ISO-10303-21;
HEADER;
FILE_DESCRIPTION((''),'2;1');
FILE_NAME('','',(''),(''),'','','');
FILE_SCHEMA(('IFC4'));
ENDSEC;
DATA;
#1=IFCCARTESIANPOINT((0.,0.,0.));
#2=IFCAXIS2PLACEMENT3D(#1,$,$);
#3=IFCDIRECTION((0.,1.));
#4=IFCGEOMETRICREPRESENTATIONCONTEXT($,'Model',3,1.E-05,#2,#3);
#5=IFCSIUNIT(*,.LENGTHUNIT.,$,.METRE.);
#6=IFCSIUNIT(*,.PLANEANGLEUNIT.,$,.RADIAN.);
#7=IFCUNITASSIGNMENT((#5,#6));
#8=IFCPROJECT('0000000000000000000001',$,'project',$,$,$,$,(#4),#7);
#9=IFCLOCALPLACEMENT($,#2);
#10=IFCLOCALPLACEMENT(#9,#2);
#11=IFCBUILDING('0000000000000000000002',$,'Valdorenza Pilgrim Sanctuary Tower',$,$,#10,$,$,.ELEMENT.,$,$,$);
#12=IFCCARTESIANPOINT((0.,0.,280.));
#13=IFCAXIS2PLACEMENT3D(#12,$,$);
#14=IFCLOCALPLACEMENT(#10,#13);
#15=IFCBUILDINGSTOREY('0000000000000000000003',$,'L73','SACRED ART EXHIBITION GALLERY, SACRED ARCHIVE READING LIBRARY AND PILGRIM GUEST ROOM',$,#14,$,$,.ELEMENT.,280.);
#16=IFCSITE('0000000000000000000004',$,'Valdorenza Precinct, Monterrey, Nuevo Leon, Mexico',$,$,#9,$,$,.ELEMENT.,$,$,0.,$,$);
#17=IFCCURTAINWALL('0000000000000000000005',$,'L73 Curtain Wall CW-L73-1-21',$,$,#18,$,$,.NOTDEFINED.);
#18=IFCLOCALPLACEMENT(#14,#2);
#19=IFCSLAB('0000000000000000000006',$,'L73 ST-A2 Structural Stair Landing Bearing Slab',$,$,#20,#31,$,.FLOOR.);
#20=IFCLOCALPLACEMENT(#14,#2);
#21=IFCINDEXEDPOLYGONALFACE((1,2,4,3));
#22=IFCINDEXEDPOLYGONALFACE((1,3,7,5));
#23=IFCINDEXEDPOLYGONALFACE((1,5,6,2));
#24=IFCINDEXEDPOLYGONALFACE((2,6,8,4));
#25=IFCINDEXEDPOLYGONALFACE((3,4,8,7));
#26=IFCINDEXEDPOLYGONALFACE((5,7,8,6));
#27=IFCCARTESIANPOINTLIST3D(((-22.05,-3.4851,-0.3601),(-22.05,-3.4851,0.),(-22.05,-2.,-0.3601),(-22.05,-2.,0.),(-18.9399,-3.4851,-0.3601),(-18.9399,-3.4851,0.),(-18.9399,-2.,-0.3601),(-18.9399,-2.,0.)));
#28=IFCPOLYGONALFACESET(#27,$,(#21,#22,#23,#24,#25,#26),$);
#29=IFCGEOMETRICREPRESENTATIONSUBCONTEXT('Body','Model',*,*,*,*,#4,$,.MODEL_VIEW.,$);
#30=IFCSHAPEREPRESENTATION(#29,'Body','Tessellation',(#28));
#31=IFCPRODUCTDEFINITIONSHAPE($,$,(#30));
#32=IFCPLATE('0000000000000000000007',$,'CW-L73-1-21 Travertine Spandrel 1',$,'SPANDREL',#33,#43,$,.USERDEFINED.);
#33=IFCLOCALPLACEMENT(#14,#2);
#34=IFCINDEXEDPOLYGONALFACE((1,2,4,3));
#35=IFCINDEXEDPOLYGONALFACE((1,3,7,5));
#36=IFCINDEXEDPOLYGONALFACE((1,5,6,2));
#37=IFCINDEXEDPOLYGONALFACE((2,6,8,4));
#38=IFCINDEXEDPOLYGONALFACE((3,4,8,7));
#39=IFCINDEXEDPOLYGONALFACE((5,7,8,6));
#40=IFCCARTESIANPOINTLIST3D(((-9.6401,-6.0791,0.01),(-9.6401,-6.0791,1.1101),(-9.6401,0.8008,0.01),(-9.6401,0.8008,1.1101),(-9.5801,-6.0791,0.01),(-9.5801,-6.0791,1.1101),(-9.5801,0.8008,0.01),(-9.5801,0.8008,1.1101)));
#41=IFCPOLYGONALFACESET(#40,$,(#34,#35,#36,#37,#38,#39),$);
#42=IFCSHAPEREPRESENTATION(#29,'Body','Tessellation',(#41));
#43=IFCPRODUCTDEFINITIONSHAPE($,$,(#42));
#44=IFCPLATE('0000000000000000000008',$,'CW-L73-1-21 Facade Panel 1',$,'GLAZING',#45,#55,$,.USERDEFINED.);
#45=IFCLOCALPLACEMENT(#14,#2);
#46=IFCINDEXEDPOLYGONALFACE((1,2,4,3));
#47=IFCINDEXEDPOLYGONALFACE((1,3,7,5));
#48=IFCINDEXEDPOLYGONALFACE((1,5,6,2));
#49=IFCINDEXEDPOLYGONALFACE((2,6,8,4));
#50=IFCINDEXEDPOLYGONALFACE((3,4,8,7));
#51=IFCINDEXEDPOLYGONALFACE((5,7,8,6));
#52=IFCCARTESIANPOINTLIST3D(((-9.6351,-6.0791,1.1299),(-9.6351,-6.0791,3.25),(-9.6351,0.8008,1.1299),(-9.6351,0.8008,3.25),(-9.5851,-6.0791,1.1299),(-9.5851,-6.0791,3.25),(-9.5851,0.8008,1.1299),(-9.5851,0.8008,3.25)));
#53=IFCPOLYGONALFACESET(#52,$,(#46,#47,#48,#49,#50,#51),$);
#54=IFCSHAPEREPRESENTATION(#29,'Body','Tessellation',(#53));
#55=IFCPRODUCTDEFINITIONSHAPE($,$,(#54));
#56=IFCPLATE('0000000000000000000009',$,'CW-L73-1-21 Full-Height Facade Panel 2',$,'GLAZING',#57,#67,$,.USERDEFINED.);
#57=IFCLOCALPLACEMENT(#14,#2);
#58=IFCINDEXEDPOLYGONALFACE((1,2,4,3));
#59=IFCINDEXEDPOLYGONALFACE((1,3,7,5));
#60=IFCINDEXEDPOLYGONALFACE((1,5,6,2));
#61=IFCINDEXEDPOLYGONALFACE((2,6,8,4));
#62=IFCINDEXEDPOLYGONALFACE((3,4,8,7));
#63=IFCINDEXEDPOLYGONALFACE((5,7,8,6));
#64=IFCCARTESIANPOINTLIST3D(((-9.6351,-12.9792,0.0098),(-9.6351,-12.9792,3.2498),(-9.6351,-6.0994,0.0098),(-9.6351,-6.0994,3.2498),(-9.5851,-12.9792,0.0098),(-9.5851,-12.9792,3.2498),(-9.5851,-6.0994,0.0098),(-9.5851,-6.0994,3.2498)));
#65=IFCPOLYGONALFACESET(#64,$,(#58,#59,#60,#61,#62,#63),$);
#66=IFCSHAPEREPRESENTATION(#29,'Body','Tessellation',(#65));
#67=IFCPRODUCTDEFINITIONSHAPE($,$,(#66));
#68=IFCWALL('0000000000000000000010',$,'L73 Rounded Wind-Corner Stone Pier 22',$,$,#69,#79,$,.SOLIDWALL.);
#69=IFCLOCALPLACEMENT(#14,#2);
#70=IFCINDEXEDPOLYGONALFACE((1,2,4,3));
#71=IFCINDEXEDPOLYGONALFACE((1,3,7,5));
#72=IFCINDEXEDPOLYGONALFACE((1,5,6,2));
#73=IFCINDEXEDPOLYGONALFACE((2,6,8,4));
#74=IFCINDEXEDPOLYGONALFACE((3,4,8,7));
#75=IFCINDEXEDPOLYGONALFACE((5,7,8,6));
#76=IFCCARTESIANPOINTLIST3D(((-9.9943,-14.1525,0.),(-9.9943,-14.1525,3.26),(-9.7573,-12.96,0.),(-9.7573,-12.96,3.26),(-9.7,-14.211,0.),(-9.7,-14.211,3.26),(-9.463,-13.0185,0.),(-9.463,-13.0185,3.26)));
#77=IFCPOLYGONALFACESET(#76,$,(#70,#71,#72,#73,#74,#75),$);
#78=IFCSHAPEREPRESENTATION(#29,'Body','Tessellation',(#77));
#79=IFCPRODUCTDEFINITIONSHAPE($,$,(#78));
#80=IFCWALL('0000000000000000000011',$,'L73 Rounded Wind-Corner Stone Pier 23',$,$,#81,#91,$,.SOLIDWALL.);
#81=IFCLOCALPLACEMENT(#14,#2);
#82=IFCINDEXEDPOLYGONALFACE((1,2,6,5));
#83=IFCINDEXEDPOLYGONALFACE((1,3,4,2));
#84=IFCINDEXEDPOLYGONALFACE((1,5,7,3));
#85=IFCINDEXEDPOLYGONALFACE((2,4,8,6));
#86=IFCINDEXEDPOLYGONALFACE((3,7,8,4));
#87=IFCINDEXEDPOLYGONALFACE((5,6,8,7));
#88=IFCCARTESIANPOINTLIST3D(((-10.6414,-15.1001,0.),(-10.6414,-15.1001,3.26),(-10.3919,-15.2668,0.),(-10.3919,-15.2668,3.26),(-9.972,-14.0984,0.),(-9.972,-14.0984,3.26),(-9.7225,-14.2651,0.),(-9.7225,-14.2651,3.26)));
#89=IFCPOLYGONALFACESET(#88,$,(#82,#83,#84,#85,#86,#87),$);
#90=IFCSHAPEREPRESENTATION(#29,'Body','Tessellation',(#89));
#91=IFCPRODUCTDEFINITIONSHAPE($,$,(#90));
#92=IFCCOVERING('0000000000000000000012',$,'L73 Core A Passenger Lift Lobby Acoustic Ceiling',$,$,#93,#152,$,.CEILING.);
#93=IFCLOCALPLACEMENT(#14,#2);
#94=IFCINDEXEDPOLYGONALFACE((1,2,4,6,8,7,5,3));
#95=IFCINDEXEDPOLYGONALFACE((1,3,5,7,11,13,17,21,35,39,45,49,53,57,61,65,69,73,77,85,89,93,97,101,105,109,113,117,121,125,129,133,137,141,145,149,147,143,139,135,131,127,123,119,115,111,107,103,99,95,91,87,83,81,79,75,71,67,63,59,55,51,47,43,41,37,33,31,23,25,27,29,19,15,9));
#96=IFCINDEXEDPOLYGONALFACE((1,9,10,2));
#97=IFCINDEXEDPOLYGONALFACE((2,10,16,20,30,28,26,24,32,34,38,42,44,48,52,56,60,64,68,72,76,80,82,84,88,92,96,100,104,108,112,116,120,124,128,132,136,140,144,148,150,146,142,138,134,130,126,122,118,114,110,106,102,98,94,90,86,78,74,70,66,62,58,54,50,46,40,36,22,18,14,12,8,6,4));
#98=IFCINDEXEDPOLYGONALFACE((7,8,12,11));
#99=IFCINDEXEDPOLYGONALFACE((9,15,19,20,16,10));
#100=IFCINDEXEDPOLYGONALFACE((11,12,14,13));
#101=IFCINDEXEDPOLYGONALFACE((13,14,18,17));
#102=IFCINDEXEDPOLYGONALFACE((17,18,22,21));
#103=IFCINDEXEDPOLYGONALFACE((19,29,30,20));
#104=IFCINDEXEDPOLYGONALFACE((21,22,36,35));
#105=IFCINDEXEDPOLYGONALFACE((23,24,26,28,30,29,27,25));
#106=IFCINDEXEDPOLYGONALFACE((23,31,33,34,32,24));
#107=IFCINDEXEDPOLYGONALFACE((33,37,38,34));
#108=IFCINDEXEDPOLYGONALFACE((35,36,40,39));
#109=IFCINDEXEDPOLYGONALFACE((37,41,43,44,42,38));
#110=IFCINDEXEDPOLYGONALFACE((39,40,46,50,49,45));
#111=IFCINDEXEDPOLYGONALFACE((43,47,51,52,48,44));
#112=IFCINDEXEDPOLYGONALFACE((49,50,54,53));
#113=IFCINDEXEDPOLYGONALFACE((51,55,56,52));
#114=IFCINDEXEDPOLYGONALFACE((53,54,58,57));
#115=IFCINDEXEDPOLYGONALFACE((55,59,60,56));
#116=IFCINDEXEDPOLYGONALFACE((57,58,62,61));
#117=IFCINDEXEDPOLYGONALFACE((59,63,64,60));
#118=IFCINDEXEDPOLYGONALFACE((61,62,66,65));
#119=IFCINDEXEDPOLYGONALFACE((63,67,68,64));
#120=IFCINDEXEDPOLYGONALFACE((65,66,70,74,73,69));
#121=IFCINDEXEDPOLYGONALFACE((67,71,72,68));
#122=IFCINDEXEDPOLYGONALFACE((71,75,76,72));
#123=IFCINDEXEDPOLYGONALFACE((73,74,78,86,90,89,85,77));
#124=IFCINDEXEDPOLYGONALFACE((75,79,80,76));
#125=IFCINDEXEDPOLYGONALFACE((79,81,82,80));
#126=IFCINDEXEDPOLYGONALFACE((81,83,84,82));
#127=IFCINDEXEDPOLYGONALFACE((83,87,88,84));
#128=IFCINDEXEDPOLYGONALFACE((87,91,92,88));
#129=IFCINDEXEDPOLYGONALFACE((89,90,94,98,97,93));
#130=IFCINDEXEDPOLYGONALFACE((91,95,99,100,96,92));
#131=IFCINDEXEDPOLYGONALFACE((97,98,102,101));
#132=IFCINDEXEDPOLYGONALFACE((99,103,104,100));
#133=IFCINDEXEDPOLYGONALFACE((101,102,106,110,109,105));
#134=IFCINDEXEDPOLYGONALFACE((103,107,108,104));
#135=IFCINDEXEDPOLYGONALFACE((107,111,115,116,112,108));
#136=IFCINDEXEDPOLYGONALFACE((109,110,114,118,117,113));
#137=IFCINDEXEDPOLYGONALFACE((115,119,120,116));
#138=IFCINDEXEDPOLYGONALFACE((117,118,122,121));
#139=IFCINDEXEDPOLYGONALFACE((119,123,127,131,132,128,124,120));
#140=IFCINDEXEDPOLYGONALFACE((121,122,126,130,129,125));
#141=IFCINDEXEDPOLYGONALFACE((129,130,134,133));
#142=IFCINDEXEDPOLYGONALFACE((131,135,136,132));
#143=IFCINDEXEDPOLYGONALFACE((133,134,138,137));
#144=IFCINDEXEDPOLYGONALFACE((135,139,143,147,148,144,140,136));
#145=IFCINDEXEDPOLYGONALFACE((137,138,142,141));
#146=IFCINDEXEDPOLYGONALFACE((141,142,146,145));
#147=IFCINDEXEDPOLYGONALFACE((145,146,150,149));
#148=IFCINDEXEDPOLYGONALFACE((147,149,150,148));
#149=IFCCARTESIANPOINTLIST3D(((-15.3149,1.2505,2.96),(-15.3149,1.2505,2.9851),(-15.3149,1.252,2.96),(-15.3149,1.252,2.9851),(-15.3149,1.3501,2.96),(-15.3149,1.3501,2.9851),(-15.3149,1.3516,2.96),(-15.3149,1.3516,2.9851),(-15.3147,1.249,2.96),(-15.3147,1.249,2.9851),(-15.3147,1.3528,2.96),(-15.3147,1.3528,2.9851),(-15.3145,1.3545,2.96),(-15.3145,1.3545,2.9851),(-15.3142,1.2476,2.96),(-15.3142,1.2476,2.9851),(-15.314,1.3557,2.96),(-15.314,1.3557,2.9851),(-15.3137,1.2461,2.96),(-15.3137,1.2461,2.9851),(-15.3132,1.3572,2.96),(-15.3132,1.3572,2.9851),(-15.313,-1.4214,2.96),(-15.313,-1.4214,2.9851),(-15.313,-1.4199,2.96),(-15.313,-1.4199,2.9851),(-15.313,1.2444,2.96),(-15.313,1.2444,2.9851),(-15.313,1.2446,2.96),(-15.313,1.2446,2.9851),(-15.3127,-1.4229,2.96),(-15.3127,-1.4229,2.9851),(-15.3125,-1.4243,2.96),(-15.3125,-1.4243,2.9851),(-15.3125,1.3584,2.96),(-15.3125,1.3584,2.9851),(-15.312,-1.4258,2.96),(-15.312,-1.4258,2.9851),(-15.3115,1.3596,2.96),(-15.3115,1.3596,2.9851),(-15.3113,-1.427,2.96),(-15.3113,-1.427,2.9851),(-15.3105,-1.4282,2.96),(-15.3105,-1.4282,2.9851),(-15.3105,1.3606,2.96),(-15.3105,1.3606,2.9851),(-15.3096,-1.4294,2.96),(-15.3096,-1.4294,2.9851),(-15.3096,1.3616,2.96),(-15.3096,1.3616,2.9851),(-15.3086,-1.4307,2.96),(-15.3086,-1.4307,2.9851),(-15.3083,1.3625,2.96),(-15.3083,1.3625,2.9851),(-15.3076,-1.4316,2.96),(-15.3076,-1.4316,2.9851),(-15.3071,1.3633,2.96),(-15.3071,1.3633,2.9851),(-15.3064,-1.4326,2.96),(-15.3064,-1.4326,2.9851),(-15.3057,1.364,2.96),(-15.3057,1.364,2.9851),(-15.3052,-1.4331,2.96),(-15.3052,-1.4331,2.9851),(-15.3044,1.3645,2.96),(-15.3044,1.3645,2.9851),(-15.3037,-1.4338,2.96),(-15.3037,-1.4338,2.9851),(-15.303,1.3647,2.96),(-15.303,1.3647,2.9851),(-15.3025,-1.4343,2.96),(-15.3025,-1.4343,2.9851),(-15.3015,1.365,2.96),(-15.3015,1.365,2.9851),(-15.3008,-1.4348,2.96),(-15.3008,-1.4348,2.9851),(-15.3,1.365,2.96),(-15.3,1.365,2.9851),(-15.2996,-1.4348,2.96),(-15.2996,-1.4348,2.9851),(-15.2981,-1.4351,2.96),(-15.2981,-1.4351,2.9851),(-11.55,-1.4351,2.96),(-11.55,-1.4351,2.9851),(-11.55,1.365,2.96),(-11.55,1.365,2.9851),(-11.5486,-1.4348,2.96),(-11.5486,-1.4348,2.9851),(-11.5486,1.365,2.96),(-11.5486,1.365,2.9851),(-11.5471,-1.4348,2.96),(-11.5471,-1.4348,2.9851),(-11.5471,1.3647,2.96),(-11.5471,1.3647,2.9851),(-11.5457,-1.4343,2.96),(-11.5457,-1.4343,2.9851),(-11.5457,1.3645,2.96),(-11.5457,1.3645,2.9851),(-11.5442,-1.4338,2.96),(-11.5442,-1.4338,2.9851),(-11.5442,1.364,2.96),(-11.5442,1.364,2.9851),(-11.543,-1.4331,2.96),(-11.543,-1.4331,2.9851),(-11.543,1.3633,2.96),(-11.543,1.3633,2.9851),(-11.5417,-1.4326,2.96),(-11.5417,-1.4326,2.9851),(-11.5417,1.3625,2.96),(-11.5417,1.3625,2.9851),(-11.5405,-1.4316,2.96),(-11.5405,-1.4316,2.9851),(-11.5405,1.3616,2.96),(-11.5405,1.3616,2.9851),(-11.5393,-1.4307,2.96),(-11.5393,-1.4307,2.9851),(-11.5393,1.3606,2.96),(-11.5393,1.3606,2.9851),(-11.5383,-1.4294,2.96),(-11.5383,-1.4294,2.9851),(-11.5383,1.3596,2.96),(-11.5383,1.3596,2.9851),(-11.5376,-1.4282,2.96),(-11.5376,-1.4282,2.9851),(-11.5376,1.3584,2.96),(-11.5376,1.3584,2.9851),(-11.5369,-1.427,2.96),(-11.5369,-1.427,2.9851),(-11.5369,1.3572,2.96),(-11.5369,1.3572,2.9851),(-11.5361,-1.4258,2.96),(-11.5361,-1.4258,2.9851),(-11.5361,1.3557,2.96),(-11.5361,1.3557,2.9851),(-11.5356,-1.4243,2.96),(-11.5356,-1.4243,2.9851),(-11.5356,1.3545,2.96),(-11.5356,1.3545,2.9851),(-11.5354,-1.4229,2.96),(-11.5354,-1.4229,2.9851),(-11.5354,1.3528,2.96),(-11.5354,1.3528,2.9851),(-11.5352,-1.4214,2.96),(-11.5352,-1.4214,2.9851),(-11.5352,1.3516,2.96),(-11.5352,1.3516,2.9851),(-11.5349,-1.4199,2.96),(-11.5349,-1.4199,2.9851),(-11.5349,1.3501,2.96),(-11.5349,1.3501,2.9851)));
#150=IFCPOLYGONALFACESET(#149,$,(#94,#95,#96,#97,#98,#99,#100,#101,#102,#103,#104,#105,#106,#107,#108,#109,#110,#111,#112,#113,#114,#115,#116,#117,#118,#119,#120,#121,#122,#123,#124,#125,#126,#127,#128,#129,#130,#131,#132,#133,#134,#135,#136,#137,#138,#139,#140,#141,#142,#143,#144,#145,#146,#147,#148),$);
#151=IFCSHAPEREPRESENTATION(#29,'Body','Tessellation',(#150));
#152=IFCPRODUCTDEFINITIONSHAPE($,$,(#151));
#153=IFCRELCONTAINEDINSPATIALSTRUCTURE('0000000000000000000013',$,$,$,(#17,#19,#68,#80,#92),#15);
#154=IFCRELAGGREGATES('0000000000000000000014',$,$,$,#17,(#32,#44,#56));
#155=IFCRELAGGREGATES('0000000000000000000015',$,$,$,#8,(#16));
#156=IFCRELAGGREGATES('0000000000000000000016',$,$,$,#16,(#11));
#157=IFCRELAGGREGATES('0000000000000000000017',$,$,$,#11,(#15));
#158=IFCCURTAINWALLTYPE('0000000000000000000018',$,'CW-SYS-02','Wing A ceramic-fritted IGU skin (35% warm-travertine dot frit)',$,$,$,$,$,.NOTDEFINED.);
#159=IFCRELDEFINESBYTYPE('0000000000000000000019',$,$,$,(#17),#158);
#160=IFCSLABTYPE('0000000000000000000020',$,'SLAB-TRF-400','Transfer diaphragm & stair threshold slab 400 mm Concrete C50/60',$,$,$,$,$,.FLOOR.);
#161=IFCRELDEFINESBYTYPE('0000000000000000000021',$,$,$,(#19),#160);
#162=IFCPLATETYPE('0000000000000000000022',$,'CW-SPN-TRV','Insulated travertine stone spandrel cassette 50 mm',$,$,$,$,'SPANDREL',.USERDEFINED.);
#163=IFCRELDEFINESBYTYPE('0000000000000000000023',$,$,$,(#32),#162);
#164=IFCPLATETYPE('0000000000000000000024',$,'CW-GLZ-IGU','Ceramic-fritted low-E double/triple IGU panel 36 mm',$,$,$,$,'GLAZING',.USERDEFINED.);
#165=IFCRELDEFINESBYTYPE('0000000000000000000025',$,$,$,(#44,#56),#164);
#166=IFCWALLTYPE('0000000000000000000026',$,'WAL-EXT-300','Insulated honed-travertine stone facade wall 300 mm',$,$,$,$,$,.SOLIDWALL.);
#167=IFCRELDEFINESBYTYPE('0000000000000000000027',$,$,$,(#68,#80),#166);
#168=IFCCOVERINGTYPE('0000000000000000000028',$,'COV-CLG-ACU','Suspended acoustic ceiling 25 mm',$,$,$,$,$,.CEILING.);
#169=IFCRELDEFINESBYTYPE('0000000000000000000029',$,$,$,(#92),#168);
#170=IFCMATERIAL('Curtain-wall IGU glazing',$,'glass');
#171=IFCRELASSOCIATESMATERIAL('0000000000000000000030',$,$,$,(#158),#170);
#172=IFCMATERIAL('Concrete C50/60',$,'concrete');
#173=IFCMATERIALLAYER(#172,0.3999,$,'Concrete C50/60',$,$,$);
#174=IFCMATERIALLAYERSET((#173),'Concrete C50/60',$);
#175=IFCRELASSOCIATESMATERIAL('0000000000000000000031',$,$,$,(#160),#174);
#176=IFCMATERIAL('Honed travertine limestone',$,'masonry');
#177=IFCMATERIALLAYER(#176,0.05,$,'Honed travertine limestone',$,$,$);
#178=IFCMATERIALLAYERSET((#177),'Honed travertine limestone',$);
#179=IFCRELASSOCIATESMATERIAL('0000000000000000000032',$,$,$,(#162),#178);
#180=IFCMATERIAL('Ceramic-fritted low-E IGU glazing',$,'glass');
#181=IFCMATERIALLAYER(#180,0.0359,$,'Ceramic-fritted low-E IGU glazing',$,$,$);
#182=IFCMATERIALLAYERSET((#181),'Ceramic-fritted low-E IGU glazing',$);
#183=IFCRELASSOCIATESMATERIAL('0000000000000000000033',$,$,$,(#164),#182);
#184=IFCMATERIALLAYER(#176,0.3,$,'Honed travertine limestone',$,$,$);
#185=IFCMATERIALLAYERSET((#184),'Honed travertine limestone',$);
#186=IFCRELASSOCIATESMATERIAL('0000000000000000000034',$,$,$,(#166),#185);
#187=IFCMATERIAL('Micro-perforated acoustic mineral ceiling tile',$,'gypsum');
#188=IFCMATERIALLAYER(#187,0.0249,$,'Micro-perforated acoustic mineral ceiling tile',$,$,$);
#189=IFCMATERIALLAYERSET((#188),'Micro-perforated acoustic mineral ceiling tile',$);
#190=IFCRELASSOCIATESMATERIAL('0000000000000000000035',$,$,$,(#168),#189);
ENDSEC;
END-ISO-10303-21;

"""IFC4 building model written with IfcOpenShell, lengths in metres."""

from ifc_helpers import new_model, si_unit, direction, frame, frame_2d, origin, origin_2d, place, context, subcontext, project, spatial, polyline, rectangle, outline, extrude, source, transform, mapped, material, layer, layer_set, type_object, element, aggregate, save


model = new_model("IFC4")

# Units and contexts
model_context = context("Model", 3, precision=1e-05, world=origin(), true_north=direction((0.0, 1.0)))
body_context = subcontext(model_context, "Body", "Model", "MODEL_VIEW")
ifc_project = project(units=[si_unit("LENGTHUNIT", "METRE"), si_unit("PLANEANGLEUNIT", "RADIAN")], contexts=[model_context])

# Site, building, storey
site_placement = place(None, origin())
site = spatial("IfcSite", under=ifc_project, at=site_placement, Name="Valdorenza Precinct, Monterrey, Nuevo Leon, Mexico", CompositionType="ELEMENT", RefElevation=0.0)
building_placement = place(site_placement, origin())
building = spatial("IfcBuilding", under=site, at=building_placement, Name="Valdorenza Pilgrim Sanctuary Tower", CompositionType="ELEMENT")
storey_placement = place(building_placement, frame((0.0, 0.0, 280.0)))
storey = spatial("IfcBuildingStorey", under=building, at=storey_placement, Name="L73", Description="SACRED ART EXHIBITION GALLERY, SACRED ARCHIVE READING LIBRARY AND PILGRIM GUEST ROOM", CompositionType="ELEMENT", Elevation=280.0)

# Curtain wall
ifc_material_1 = material(Name="Curtain-wall IGU glazing", Category="glass")
curtain_wall_type = type_object("IfcCurtainWallType", Name="CW-SYS-02", Description="Wing A ceramic-fritted IGU skin (35% warm-travertine dot frit)", PredefinedType="NOTDEFINED", material=ifc_material_1)
curtain_wall_placement = place(storey_placement, origin())
curtain_wall = element("IfcCurtainWall", 1, at=curtain_wall_placement, inside=storey, type_object=curtain_wall_type, Name="L73 Curtain Wall CW-L73-1-21", PredefinedType="NOTDEFINED")

# Slab
ifc_material_2 = material(Name="Concrete C50/60", Category="concrete")
ifc_layer_1 = layer(ifc_material_2, 0.3999, Name="Concrete C50/60")
ifc_layer_set_1 = layer_set([ifc_layer_1], Name="Concrete C50/60")
slab_type_1 = type_object("IfcSlabType", Name="SLAB-TRF-400", Description="Transfer diaphragm & stair threshold slab 400 mm Concrete C50/60", PredefinedType="FLOOR", material=ifc_layer_set_1)
slab_1_placement = place(storey_placement, frame((0.0, 0.0, -0.3601)))
element("IfcSlab", 2, at=slab_1_placement, inside=storey, type_object=slab_type_1, Name="L73 ST-A2 Structural Stair Landing Bearing Slab", PredefinedType="FLOOR", context=body_context, shape_type="SweptSolid", body=[
    extrude(outline(polyline([(-22.05, -3.4851), (-18.9399, -3.4851), (-18.9399, -2.0), (-22.05, -2.0), (-22.05, -3.4851)])), origin(), (0.0, 0.0, 1.0), 0.3601),
])

# Plates
ifc_material_3 = material(Name="Honed travertine limestone", Category="masonry")
ifc_layer_2 = layer(ifc_material_3, 0.05, Name="Honed travertine limestone")
ifc_layer_set_2 = layer_set([ifc_layer_2], Name="Honed travertine limestone")
plate_type_1 = type_object("IfcPlateType", Name="CW-SPN-TRV", Description="Insulated travertine stone spandrel cassette 50 mm", ElementType="SPANDREL", PredefinedType="USERDEFINED", material=ifc_layer_set_2)
shared_shape_1 = source(origin(), body_context, "Body", "SweptSolid", [
    extrude(rectangle(XDim=6.8799, YDim=0.0601, at=origin_2d()), origin(), (0.0, 0.0, 1.0), 1.1001),
])
plate_1_placement = place(storey_placement, frame((-9.6101, -2.6392, 0.01), z_axis=(0.0, 0.0, 1.0), x_axis=(0.0, -1.0, 0.0)))
plate_1 = element("IfcPlate", 3, at=plate_1_placement, type_object=plate_type_1, Name="CW-L73-1-21 Travertine Spandrel 1", ObjectType="SPANDREL", PredefinedType="USERDEFINED", context=body_context, shape_type="MappedRepresentation", body=[
    mapped(shared_shape_1, transform((0.0, 0.0, 0.0), x_axis=(1.0, 0.0, 0.0), y_axis=(0.0, 1.0, 0.0), z_axis=(0.0, 0.0, 1.0), scale=1.0)),
])
ifc_material_4 = material(Name="Ceramic-fritted low-E IGU glazing", Category="glass")
ifc_layer_3 = layer(ifc_material_4, 0.0359, Name="Ceramic-fritted low-E IGU glazing")
ifc_layer_set_3 = layer_set([ifc_layer_3], Name="Ceramic-fritted low-E IGU glazing")
plate_type_2 = type_object("IfcPlateType", Name="CW-GLZ-IGU", Description="Ceramic-fritted low-E double/triple IGU panel 36 mm", ElementType="GLAZING", PredefinedType="USERDEFINED", material=ifc_layer_set_3)
shared_shape_2 = source(origin(), body_context, "Body", "SweptSolid", [
    extrude(rectangle(XDim=6.8799, YDim=0.05, at=origin_2d()), origin(), (0.0, 0.0, 1.0), 2.1201),
])
plate_2_placement = place(storey_placement, frame((-9.6101, -2.6392, 1.1299), z_axis=(0.0, 0.0, 1.0), x_axis=(0.0, -1.0, 0.0)))
plate_2 = element("IfcPlate", 4, at=plate_2_placement, type_object=plate_type_2, Name="CW-L73-1-21 Facade Panel 1", ObjectType="GLAZING", PredefinedType="USERDEFINED", context=body_context, shape_type="MappedRepresentation", body=[
    mapped(shared_shape_2, transform((0.0, 0.0, 0.0), x_axis=(1.0, 0.0, 0.0), y_axis=(0.0, 1.0, 0.0), z_axis=(0.0, 0.0, 1.0), scale=1.0)),
])
shared_shape_3 = source(origin(), body_context, "Body", "SweptSolid", [
    extrude(rectangle(XDim=6.8799, YDim=0.05, at=origin_2d()), origin(), (0.0, 0.0, 1.0), 3.24),
])
plate_3_placement = place(storey_placement, frame((-9.6101, -9.5393, 0.0098), z_axis=(0.0, 0.0, 1.0), x_axis=(0.0, -1.0, 0.0)))
plate_3 = element("IfcPlate", 5, at=plate_3_placement, type_object=plate_type_2, Name="CW-L73-1-21 Full-Height Facade Panel 2", ObjectType="GLAZING", PredefinedType="USERDEFINED", context=body_context, shape_type="MappedRepresentation", body=[
    mapped(shared_shape_3, transform((0.0, 0.0, 0.0), x_axis=(1.0, 0.0, 0.0), y_axis=(0.0, 1.0, 0.0), z_axis=(0.0, 0.0, 1.0), scale=1.0)),
])
aggregate(curtain_wall, [plate_1, plate_2, plate_3])

# Walls
ifc_layer_4 = layer(ifc_material_3, 0.3, Name="Honed travertine limestone")
ifc_layer_set_4 = layer_set([ifc_layer_4], Name="Honed travertine limestone")
wall_type = type_object("IfcWallType", Name="WAL-EXT-300", Description="Insulated honed-travertine stone facade wall 300 mm", PredefinedType="SOLIDWALL", material=ifc_layer_set_4)
wall_1_placement = place(storey_placement, frame((-9.6101, -12.9893, 0.0), z_axis=(0.0, 0.0, 1.0), x_axis=(-0.194996, -0.980804, 0.0)))
element("IfcWall", 6, at=wall_1_placement, inside=storey, type_object=wall_type, Name="L73 Rounded Wind-Corner Stone Pier 22", PredefinedType="SOLIDWALL", context=body_context, shape_type="SweptSolid", body=[
    extrude(rectangle(XDim=1.2158, YDim=0.3, at=frame_2d((0.6079, 0.0))), origin(), (0.0, 0.0, 1.0), 3.26),
])
wall_2_placement = place(storey_placement, frame((-9.8472, -14.1816, 0.0), z_axis=(0.0, 0.0, 1.0), x_axis=(-0.555635, -0.831426, 0.0)))
element("IfcWall", 7, at=wall_2_placement, inside=storey, type_object=wall_type, Name="L73 Rounded Wind-Corner Stone Pier 23", PredefinedType="SOLIDWALL", context=body_context, shape_type="SweptSolid", body=[
    extrude(rectangle(XDim=1.2048, YDim=0.3, at=frame_2d((0.6025, 0.0))), origin(), (0.0, 0.0, 1.0), 3.26),
])

# Covering
ifc_material_5 = material(Name="Micro-perforated acoustic mineral ceiling tile", Category="gypsum")
ifc_layer_5 = layer(ifc_material_5, 0.0249, Name="Micro-perforated acoustic mineral ceiling tile")
ifc_layer_set_5 = layer_set([ifc_layer_5], Name="Micro-perforated acoustic mineral ceiling tile")
covering_type_1 = type_object("IfcCoveringType", Name="COV-CLG-ACU", Description="Suspended acoustic ceiling 25 mm", PredefinedType="CEILING", material=ifc_layer_set_5)
covering_1_placement = place(storey_placement, frame((0.0, 0.0, 2.96)))
element("IfcCovering", 8, at=covering_1_placement, inside=storey, type_object=covering_type_1, Name="L73 Core A Passenger Lift Lobby Acoustic Ceiling", PredefinedType="CEILING", context=body_context, shape_type="SweptSolid", body=[
    extrude(outline(polyline([(-15.3149, 1.3501), (-15.3149, 1.3516), (-15.3147, 1.3528), (-15.3145, 1.3545), (-15.314, 1.3557), (-15.3132, 1.3572), (-15.3125, 1.3584), (-15.3115, 1.3596), (-15.3105, 1.3606), (-15.3096, 1.3616), (-15.3083, 1.3625), (-15.3071, 1.3633), (-15.3057, 1.364), (-15.3044, 1.3645), (-15.303, 1.3647), (-15.3015, 1.365), (-15.3, 1.365), (-11.55, 1.365), (-11.5486, 1.365), (-11.5471, 1.3647), (-11.5457, 1.3645), (-11.5442, 1.364), (-11.543, 1.3633), (-11.5417, 1.3625), (-11.5405, 1.3616), (-11.5393, 1.3606), (-11.5383, 1.3596), (-11.5376, 1.3584), (-11.5369, 1.3572), (-11.5361, 1.3557), (-11.5356, 1.3545), (-11.5354, 1.3528), (-11.5352, 1.3516), (-11.5349, 1.3501), (-11.5349, -1.4199), (-11.5352, -1.4214), (-11.5354, -1.4229), (-11.5356, -1.4243), (-11.5361, -1.4258), (-11.5369, -1.427), (-11.5376, -1.4282), (-11.5383, -1.4294), (-11.5393, -1.4307), (-11.5405, -1.4316), (-11.5417, -1.4326), (-11.543, -1.4331), (-11.5442, -1.4338), (-11.5457, -1.4343), (-11.5471, -1.4348), (-11.5486, -1.4348), (-11.55, -1.4351), (-15.2981, -1.4351), (-15.2996, -1.4348), (-15.3008, -1.4348), (-15.3025, -1.4343), (-15.3037, -1.4338), (-15.3052, -1.4331), (-15.3064, -1.4326), (-15.3076, -1.4316), (-15.3086, -1.4307), (-15.3096, -1.4294), (-15.3105, -1.4282), (-15.3113, -1.427), (-15.312, -1.4258), (-15.3125, -1.4243), (-15.3127, -1.4229), (-15.313, -1.4214), (-15.313, -1.4199), (-15.313, 1.2444), (-15.313, 1.2446), (-15.3137, 1.2461), (-15.3142, 1.2476), (-15.3147, 1.249), (-15.3149, 1.2505), (-15.3149, 1.252), (-15.3149, 1.3501)])), origin(), (0.0, 0.0, 1.0), 0.0251),
])

save(model, "model.ifc")
